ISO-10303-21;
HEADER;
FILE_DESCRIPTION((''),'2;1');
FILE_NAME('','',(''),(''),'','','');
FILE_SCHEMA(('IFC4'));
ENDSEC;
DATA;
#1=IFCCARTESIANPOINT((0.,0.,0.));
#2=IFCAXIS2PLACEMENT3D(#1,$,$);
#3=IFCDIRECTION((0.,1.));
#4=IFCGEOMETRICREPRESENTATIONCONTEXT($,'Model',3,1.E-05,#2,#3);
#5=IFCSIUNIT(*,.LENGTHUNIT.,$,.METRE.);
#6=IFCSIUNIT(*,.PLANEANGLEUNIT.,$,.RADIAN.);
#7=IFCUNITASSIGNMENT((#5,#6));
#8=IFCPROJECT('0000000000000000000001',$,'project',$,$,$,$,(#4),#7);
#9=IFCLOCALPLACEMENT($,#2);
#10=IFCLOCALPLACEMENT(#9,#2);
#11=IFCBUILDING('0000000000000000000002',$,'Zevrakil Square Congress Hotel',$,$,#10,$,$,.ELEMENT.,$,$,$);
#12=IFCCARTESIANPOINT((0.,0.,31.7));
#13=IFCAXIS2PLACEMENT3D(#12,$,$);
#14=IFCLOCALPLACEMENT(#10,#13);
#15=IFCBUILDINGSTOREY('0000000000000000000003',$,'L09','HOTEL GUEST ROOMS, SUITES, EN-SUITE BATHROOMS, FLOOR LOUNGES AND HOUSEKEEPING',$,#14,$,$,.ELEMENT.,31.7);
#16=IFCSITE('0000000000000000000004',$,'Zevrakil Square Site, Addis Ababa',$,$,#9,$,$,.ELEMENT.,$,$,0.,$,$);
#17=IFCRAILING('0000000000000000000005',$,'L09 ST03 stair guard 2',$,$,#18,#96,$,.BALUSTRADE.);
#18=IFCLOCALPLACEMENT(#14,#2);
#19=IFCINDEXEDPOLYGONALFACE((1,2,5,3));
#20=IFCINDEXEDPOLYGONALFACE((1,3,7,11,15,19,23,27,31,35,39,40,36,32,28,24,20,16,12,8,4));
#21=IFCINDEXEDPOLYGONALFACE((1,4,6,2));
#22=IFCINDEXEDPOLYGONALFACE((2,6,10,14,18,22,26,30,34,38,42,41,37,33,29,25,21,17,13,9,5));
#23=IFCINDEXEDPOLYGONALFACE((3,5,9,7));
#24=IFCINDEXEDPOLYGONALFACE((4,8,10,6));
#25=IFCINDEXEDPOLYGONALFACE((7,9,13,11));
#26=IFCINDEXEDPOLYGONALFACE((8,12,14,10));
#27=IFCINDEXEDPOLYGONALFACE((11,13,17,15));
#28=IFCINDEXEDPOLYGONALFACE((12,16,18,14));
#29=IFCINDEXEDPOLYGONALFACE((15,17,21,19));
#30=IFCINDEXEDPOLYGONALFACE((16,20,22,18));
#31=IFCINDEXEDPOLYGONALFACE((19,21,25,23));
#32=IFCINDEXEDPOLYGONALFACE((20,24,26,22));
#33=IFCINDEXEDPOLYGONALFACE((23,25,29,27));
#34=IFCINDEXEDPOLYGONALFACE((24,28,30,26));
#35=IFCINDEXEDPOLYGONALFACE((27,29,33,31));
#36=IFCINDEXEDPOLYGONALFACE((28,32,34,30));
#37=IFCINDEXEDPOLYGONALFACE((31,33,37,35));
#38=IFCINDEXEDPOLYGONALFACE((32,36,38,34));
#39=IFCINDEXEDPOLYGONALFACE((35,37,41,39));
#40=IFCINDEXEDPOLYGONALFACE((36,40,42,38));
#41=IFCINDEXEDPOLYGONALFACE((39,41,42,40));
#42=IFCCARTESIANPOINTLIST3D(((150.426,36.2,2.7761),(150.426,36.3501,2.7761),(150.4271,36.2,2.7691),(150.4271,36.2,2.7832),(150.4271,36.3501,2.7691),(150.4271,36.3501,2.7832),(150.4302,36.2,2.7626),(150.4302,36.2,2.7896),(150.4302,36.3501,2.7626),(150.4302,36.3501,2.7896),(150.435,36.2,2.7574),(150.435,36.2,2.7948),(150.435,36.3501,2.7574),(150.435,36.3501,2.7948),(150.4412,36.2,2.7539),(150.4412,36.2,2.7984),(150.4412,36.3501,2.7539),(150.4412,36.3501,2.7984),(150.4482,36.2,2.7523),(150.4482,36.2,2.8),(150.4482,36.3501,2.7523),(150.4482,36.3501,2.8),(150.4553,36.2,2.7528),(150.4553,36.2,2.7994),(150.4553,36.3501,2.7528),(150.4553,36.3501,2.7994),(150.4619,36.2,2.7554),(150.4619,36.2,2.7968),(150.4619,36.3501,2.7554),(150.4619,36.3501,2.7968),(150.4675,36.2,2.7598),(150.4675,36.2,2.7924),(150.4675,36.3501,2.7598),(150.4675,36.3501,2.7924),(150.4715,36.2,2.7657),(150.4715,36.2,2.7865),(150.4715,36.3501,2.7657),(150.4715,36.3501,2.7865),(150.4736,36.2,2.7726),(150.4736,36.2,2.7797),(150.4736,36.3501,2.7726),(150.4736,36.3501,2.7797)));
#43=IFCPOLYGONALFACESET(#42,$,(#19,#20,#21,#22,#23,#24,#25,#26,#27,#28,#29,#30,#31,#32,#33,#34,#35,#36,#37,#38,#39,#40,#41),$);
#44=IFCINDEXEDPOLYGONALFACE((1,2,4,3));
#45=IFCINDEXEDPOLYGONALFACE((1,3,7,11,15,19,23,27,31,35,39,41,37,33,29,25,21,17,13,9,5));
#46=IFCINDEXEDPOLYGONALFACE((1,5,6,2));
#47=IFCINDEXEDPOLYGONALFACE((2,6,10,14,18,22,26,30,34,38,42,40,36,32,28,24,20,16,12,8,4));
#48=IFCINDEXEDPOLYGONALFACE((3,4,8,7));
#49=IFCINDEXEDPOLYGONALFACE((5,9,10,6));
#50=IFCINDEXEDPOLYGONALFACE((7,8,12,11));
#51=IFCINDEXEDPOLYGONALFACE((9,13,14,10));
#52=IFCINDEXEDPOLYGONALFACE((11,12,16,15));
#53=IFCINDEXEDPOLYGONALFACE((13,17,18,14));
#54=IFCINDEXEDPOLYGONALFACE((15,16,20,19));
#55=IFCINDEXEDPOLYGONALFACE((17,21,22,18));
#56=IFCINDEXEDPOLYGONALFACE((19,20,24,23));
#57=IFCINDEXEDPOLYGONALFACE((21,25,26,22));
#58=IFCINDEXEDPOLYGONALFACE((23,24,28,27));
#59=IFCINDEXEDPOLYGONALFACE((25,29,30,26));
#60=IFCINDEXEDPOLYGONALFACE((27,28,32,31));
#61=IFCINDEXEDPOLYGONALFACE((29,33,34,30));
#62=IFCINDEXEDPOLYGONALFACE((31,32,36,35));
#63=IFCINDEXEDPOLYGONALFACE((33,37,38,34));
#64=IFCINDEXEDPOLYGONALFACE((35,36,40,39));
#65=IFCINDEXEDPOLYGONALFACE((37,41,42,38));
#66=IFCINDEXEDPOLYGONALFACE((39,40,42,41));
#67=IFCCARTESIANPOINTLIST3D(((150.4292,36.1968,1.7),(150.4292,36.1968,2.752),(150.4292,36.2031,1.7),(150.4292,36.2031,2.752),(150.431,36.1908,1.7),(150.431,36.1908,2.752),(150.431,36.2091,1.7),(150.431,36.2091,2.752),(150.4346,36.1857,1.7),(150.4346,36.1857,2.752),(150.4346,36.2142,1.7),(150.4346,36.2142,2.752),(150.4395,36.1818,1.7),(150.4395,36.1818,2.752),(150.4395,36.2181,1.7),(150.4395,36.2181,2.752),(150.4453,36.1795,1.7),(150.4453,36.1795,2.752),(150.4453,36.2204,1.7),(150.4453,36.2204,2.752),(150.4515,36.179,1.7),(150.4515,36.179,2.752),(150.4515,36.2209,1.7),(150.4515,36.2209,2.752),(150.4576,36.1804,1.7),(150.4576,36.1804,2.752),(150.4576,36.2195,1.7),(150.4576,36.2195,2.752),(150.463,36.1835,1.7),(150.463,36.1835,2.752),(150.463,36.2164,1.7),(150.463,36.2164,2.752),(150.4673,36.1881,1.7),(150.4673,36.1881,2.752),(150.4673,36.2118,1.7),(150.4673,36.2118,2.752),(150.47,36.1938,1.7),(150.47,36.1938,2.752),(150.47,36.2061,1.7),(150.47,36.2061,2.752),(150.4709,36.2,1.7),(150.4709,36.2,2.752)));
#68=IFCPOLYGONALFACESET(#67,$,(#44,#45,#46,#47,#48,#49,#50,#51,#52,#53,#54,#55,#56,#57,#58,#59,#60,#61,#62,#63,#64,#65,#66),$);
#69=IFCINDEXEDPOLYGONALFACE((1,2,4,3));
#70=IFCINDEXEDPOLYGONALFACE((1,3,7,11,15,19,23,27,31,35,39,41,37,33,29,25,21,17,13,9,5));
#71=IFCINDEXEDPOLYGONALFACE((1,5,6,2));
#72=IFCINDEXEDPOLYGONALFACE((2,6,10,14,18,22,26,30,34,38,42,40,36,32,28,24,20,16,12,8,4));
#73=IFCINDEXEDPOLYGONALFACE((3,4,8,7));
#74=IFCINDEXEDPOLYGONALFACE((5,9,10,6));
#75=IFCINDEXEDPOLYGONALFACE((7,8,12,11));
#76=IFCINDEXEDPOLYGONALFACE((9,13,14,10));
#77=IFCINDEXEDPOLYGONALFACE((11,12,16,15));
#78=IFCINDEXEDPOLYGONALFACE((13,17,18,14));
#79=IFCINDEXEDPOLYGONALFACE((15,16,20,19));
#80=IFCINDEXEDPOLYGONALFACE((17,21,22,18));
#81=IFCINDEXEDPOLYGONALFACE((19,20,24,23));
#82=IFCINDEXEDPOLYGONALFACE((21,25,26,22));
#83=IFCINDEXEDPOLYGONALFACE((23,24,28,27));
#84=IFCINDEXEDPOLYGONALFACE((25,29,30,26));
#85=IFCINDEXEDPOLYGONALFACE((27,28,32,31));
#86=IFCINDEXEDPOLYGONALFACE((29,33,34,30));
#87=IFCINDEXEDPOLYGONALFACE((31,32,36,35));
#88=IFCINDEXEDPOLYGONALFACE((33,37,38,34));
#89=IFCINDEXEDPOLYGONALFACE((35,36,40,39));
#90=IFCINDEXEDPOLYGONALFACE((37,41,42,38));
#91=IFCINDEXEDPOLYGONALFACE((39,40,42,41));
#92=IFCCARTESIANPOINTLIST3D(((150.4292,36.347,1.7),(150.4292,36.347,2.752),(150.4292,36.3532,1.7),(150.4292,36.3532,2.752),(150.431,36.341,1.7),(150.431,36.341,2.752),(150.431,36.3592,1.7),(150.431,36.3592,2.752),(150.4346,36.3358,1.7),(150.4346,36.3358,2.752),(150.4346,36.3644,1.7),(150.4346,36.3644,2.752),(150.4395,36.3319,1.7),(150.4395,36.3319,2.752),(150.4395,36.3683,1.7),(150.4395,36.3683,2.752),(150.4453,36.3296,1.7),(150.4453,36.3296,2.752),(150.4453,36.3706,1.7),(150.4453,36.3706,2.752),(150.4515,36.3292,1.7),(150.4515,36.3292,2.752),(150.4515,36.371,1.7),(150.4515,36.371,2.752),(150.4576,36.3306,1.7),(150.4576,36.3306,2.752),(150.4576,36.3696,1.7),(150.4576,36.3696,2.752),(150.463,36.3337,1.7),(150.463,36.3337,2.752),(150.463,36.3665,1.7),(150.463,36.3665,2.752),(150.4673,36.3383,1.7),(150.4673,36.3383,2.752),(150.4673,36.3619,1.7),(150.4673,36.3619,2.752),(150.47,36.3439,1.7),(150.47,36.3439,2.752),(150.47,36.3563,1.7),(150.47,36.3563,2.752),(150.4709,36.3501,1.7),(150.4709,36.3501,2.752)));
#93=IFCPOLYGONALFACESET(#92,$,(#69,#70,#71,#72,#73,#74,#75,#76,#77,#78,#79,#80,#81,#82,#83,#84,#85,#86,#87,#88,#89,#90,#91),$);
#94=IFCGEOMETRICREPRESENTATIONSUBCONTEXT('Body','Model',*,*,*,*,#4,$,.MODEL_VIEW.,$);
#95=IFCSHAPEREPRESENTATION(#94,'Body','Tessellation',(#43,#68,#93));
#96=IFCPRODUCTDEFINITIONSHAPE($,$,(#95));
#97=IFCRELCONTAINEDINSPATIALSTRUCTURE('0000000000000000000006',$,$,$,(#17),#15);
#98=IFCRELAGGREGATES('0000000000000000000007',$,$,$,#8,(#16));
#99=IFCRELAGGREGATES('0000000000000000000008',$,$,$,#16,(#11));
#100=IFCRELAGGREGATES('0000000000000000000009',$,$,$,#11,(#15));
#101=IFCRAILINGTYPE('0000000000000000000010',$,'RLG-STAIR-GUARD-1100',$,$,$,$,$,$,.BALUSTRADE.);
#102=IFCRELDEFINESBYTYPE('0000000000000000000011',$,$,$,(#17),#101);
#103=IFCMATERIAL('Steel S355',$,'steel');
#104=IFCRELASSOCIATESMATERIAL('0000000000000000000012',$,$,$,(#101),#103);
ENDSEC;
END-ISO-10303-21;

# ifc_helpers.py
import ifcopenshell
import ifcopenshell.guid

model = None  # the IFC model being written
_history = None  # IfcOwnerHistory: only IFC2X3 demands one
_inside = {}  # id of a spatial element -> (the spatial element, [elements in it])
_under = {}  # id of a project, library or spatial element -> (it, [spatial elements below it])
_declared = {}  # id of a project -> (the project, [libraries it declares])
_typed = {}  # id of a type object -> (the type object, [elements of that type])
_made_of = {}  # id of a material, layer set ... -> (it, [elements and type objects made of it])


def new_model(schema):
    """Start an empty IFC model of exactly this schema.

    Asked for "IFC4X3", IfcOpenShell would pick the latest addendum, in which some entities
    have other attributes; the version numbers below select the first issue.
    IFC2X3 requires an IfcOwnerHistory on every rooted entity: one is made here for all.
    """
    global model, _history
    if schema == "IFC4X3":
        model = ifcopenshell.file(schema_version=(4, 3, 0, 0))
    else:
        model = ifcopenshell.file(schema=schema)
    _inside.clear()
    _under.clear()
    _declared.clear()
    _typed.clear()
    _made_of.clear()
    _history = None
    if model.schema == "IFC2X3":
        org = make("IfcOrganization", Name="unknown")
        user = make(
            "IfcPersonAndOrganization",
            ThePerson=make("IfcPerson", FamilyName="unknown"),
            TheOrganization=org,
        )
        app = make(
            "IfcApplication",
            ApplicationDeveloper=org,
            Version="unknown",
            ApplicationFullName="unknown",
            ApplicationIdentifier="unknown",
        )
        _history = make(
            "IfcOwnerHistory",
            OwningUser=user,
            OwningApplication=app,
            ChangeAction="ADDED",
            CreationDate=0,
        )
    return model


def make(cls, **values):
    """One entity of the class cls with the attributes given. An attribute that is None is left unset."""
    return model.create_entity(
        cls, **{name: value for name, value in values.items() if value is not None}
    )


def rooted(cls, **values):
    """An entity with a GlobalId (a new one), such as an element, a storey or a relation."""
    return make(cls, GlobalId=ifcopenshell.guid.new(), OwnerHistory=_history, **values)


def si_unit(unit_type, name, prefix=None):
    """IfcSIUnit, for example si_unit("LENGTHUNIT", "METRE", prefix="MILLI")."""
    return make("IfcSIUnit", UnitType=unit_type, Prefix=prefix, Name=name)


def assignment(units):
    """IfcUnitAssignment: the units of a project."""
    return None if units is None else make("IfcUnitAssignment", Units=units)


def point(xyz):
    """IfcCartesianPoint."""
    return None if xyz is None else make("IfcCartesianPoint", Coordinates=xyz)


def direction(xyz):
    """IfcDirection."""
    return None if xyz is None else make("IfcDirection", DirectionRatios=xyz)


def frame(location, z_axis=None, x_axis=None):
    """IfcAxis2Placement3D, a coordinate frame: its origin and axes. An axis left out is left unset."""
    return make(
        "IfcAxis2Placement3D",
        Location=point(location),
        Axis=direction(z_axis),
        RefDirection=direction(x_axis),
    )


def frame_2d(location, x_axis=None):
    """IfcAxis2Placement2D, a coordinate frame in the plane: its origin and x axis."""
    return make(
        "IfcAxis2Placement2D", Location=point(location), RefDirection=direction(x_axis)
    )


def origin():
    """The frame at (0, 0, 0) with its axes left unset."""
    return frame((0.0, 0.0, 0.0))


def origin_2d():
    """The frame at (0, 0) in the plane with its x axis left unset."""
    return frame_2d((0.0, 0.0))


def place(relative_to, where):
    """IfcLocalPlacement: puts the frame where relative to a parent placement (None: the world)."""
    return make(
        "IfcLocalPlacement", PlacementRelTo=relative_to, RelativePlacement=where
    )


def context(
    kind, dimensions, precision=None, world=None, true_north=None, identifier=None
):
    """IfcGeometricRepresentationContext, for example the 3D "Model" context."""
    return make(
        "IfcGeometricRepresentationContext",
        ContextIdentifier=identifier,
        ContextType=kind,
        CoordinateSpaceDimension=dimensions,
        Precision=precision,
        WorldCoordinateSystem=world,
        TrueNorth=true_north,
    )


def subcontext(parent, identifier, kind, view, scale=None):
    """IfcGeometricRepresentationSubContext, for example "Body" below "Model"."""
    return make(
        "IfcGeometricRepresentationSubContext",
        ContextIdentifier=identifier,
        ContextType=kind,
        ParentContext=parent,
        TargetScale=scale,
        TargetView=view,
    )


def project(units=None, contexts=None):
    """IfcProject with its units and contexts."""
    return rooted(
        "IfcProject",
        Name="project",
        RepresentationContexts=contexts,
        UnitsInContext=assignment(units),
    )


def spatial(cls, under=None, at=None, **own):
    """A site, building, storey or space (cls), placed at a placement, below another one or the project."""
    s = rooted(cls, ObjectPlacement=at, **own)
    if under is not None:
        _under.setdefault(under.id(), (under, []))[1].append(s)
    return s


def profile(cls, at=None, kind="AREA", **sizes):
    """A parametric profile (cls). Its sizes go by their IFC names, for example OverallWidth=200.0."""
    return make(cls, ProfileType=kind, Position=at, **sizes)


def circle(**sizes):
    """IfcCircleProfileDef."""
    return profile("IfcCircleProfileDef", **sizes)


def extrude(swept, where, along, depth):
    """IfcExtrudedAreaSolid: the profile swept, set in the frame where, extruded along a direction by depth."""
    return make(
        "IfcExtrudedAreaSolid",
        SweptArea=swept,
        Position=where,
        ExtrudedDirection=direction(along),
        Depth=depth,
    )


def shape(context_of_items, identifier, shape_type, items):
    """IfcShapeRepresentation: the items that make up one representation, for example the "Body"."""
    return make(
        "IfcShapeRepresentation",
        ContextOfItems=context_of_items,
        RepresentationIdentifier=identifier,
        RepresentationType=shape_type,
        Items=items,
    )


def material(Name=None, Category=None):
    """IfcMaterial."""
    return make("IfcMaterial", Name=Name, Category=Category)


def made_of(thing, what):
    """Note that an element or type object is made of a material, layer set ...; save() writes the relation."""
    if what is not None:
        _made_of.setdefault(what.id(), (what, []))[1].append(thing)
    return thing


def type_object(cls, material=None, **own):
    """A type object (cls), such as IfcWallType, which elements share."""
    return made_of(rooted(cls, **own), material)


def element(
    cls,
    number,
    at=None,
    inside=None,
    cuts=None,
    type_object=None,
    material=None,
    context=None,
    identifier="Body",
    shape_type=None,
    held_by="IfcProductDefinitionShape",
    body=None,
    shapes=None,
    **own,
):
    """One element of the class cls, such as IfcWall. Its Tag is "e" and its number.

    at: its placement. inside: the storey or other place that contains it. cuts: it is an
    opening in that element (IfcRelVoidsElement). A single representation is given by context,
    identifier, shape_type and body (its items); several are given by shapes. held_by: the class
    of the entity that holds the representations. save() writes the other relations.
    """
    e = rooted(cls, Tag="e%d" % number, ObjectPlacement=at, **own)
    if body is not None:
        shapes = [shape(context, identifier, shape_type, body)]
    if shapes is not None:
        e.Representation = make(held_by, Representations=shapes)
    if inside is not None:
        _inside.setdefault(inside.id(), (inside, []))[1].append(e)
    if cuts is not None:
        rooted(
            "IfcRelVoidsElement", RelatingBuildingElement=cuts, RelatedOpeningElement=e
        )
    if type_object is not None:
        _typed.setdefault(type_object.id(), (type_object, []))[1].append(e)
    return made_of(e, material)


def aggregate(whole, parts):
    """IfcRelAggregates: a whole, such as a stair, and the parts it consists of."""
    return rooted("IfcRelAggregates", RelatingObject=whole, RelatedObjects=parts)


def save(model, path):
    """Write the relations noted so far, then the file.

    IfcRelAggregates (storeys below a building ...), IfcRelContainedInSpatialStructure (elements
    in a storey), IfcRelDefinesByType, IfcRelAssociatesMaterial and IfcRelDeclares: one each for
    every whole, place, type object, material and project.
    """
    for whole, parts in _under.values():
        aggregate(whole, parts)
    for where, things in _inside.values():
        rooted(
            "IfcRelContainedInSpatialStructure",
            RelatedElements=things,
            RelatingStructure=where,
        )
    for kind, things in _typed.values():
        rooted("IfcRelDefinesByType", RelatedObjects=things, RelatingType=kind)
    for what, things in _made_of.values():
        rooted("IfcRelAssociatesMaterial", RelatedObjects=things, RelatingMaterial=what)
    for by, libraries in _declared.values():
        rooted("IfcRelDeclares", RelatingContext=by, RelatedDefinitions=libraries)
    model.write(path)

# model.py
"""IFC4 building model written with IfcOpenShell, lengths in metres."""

from ifc_helpers import new_model, si_unit, direction, frame, origin, origin_2d, place, context, subcontext, project, spatial, circle, extrude, material, type_object, element, save


model = new_model("IFC4")

# Units and contexts
model_context = context("Model", 3, precision=1e-05, world=origin(), true_north=direction((0.0, 1.0)))
body_context = subcontext(model_context, "Body", "Model", "MODEL_VIEW")
ifc_project = project(units=[si_unit("LENGTHUNIT", "METRE"), si_unit("PLANEANGLEUNIT", "RADIAN")], contexts=[model_context])

# Site, building, storey
site_placement = place(None, origin())
site = spatial("IfcSite", under=ifc_project, at=site_placement, Name="Zevrakil Square Site, Addis Ababa", CompositionType="ELEMENT", RefElevation=0.0)
building_placement = place(site_placement, origin())
building = spatial("IfcBuilding", under=site, at=building_placement, Name="Zevrakil Square Congress Hotel", CompositionType="ELEMENT")
storey_placement = place(building_placement, frame((0.0, 0.0, 31.7)))
storey = spatial("IfcBuildingStorey", under=building, at=storey_placement, Name="L09", Description="HOTEL GUEST ROOMS, SUITES, EN-SUITE BATHROOMS, FLOOR LOUNGES AND HOUSEKEEPING", CompositionType="ELEMENT", Elevation=31.7)

# Railing
ifc_material_1 = material(Name="Steel S355", Category="steel")
railing_type_1 = type_object("IfcRailingType", Name="RLG-STAIR-GUARD-1100", PredefinedType="BALUSTRADE", material=ifc_material_1)
railing_1_placement = place(storey_placement, frame((150.45, 36.2, 1.7)))
element("IfcRailing", 1, at=railing_1_placement, inside=storey, type_object=railing_type_1, Name="L09 ST03 stair guard 2", PredefinedType="BALUSTRADE", context=body_context, shape_type="SweptSolid", body=[
    extrude(circle(Radius=0.0239, at=origin_2d()), frame((0.0, 0.0, 1.0762), z_axis=(0.0, 1.0, 0.0), x_axis=(-1.0, 0.0, 0.0)), (0.0, 0.0, 1.0), 0.1501),
    extrude(circle(Radius=0.021, at=origin_2d()), origin(), (0.0, 0.0, 1.0), 1.052),
    extrude(circle(Radius=0.021, at=origin_2d()), frame((0.0, 0.1501, 0.0)), (0.0, 0.0, 1.0), 1.052),
])

save(model, "model.ifc")
